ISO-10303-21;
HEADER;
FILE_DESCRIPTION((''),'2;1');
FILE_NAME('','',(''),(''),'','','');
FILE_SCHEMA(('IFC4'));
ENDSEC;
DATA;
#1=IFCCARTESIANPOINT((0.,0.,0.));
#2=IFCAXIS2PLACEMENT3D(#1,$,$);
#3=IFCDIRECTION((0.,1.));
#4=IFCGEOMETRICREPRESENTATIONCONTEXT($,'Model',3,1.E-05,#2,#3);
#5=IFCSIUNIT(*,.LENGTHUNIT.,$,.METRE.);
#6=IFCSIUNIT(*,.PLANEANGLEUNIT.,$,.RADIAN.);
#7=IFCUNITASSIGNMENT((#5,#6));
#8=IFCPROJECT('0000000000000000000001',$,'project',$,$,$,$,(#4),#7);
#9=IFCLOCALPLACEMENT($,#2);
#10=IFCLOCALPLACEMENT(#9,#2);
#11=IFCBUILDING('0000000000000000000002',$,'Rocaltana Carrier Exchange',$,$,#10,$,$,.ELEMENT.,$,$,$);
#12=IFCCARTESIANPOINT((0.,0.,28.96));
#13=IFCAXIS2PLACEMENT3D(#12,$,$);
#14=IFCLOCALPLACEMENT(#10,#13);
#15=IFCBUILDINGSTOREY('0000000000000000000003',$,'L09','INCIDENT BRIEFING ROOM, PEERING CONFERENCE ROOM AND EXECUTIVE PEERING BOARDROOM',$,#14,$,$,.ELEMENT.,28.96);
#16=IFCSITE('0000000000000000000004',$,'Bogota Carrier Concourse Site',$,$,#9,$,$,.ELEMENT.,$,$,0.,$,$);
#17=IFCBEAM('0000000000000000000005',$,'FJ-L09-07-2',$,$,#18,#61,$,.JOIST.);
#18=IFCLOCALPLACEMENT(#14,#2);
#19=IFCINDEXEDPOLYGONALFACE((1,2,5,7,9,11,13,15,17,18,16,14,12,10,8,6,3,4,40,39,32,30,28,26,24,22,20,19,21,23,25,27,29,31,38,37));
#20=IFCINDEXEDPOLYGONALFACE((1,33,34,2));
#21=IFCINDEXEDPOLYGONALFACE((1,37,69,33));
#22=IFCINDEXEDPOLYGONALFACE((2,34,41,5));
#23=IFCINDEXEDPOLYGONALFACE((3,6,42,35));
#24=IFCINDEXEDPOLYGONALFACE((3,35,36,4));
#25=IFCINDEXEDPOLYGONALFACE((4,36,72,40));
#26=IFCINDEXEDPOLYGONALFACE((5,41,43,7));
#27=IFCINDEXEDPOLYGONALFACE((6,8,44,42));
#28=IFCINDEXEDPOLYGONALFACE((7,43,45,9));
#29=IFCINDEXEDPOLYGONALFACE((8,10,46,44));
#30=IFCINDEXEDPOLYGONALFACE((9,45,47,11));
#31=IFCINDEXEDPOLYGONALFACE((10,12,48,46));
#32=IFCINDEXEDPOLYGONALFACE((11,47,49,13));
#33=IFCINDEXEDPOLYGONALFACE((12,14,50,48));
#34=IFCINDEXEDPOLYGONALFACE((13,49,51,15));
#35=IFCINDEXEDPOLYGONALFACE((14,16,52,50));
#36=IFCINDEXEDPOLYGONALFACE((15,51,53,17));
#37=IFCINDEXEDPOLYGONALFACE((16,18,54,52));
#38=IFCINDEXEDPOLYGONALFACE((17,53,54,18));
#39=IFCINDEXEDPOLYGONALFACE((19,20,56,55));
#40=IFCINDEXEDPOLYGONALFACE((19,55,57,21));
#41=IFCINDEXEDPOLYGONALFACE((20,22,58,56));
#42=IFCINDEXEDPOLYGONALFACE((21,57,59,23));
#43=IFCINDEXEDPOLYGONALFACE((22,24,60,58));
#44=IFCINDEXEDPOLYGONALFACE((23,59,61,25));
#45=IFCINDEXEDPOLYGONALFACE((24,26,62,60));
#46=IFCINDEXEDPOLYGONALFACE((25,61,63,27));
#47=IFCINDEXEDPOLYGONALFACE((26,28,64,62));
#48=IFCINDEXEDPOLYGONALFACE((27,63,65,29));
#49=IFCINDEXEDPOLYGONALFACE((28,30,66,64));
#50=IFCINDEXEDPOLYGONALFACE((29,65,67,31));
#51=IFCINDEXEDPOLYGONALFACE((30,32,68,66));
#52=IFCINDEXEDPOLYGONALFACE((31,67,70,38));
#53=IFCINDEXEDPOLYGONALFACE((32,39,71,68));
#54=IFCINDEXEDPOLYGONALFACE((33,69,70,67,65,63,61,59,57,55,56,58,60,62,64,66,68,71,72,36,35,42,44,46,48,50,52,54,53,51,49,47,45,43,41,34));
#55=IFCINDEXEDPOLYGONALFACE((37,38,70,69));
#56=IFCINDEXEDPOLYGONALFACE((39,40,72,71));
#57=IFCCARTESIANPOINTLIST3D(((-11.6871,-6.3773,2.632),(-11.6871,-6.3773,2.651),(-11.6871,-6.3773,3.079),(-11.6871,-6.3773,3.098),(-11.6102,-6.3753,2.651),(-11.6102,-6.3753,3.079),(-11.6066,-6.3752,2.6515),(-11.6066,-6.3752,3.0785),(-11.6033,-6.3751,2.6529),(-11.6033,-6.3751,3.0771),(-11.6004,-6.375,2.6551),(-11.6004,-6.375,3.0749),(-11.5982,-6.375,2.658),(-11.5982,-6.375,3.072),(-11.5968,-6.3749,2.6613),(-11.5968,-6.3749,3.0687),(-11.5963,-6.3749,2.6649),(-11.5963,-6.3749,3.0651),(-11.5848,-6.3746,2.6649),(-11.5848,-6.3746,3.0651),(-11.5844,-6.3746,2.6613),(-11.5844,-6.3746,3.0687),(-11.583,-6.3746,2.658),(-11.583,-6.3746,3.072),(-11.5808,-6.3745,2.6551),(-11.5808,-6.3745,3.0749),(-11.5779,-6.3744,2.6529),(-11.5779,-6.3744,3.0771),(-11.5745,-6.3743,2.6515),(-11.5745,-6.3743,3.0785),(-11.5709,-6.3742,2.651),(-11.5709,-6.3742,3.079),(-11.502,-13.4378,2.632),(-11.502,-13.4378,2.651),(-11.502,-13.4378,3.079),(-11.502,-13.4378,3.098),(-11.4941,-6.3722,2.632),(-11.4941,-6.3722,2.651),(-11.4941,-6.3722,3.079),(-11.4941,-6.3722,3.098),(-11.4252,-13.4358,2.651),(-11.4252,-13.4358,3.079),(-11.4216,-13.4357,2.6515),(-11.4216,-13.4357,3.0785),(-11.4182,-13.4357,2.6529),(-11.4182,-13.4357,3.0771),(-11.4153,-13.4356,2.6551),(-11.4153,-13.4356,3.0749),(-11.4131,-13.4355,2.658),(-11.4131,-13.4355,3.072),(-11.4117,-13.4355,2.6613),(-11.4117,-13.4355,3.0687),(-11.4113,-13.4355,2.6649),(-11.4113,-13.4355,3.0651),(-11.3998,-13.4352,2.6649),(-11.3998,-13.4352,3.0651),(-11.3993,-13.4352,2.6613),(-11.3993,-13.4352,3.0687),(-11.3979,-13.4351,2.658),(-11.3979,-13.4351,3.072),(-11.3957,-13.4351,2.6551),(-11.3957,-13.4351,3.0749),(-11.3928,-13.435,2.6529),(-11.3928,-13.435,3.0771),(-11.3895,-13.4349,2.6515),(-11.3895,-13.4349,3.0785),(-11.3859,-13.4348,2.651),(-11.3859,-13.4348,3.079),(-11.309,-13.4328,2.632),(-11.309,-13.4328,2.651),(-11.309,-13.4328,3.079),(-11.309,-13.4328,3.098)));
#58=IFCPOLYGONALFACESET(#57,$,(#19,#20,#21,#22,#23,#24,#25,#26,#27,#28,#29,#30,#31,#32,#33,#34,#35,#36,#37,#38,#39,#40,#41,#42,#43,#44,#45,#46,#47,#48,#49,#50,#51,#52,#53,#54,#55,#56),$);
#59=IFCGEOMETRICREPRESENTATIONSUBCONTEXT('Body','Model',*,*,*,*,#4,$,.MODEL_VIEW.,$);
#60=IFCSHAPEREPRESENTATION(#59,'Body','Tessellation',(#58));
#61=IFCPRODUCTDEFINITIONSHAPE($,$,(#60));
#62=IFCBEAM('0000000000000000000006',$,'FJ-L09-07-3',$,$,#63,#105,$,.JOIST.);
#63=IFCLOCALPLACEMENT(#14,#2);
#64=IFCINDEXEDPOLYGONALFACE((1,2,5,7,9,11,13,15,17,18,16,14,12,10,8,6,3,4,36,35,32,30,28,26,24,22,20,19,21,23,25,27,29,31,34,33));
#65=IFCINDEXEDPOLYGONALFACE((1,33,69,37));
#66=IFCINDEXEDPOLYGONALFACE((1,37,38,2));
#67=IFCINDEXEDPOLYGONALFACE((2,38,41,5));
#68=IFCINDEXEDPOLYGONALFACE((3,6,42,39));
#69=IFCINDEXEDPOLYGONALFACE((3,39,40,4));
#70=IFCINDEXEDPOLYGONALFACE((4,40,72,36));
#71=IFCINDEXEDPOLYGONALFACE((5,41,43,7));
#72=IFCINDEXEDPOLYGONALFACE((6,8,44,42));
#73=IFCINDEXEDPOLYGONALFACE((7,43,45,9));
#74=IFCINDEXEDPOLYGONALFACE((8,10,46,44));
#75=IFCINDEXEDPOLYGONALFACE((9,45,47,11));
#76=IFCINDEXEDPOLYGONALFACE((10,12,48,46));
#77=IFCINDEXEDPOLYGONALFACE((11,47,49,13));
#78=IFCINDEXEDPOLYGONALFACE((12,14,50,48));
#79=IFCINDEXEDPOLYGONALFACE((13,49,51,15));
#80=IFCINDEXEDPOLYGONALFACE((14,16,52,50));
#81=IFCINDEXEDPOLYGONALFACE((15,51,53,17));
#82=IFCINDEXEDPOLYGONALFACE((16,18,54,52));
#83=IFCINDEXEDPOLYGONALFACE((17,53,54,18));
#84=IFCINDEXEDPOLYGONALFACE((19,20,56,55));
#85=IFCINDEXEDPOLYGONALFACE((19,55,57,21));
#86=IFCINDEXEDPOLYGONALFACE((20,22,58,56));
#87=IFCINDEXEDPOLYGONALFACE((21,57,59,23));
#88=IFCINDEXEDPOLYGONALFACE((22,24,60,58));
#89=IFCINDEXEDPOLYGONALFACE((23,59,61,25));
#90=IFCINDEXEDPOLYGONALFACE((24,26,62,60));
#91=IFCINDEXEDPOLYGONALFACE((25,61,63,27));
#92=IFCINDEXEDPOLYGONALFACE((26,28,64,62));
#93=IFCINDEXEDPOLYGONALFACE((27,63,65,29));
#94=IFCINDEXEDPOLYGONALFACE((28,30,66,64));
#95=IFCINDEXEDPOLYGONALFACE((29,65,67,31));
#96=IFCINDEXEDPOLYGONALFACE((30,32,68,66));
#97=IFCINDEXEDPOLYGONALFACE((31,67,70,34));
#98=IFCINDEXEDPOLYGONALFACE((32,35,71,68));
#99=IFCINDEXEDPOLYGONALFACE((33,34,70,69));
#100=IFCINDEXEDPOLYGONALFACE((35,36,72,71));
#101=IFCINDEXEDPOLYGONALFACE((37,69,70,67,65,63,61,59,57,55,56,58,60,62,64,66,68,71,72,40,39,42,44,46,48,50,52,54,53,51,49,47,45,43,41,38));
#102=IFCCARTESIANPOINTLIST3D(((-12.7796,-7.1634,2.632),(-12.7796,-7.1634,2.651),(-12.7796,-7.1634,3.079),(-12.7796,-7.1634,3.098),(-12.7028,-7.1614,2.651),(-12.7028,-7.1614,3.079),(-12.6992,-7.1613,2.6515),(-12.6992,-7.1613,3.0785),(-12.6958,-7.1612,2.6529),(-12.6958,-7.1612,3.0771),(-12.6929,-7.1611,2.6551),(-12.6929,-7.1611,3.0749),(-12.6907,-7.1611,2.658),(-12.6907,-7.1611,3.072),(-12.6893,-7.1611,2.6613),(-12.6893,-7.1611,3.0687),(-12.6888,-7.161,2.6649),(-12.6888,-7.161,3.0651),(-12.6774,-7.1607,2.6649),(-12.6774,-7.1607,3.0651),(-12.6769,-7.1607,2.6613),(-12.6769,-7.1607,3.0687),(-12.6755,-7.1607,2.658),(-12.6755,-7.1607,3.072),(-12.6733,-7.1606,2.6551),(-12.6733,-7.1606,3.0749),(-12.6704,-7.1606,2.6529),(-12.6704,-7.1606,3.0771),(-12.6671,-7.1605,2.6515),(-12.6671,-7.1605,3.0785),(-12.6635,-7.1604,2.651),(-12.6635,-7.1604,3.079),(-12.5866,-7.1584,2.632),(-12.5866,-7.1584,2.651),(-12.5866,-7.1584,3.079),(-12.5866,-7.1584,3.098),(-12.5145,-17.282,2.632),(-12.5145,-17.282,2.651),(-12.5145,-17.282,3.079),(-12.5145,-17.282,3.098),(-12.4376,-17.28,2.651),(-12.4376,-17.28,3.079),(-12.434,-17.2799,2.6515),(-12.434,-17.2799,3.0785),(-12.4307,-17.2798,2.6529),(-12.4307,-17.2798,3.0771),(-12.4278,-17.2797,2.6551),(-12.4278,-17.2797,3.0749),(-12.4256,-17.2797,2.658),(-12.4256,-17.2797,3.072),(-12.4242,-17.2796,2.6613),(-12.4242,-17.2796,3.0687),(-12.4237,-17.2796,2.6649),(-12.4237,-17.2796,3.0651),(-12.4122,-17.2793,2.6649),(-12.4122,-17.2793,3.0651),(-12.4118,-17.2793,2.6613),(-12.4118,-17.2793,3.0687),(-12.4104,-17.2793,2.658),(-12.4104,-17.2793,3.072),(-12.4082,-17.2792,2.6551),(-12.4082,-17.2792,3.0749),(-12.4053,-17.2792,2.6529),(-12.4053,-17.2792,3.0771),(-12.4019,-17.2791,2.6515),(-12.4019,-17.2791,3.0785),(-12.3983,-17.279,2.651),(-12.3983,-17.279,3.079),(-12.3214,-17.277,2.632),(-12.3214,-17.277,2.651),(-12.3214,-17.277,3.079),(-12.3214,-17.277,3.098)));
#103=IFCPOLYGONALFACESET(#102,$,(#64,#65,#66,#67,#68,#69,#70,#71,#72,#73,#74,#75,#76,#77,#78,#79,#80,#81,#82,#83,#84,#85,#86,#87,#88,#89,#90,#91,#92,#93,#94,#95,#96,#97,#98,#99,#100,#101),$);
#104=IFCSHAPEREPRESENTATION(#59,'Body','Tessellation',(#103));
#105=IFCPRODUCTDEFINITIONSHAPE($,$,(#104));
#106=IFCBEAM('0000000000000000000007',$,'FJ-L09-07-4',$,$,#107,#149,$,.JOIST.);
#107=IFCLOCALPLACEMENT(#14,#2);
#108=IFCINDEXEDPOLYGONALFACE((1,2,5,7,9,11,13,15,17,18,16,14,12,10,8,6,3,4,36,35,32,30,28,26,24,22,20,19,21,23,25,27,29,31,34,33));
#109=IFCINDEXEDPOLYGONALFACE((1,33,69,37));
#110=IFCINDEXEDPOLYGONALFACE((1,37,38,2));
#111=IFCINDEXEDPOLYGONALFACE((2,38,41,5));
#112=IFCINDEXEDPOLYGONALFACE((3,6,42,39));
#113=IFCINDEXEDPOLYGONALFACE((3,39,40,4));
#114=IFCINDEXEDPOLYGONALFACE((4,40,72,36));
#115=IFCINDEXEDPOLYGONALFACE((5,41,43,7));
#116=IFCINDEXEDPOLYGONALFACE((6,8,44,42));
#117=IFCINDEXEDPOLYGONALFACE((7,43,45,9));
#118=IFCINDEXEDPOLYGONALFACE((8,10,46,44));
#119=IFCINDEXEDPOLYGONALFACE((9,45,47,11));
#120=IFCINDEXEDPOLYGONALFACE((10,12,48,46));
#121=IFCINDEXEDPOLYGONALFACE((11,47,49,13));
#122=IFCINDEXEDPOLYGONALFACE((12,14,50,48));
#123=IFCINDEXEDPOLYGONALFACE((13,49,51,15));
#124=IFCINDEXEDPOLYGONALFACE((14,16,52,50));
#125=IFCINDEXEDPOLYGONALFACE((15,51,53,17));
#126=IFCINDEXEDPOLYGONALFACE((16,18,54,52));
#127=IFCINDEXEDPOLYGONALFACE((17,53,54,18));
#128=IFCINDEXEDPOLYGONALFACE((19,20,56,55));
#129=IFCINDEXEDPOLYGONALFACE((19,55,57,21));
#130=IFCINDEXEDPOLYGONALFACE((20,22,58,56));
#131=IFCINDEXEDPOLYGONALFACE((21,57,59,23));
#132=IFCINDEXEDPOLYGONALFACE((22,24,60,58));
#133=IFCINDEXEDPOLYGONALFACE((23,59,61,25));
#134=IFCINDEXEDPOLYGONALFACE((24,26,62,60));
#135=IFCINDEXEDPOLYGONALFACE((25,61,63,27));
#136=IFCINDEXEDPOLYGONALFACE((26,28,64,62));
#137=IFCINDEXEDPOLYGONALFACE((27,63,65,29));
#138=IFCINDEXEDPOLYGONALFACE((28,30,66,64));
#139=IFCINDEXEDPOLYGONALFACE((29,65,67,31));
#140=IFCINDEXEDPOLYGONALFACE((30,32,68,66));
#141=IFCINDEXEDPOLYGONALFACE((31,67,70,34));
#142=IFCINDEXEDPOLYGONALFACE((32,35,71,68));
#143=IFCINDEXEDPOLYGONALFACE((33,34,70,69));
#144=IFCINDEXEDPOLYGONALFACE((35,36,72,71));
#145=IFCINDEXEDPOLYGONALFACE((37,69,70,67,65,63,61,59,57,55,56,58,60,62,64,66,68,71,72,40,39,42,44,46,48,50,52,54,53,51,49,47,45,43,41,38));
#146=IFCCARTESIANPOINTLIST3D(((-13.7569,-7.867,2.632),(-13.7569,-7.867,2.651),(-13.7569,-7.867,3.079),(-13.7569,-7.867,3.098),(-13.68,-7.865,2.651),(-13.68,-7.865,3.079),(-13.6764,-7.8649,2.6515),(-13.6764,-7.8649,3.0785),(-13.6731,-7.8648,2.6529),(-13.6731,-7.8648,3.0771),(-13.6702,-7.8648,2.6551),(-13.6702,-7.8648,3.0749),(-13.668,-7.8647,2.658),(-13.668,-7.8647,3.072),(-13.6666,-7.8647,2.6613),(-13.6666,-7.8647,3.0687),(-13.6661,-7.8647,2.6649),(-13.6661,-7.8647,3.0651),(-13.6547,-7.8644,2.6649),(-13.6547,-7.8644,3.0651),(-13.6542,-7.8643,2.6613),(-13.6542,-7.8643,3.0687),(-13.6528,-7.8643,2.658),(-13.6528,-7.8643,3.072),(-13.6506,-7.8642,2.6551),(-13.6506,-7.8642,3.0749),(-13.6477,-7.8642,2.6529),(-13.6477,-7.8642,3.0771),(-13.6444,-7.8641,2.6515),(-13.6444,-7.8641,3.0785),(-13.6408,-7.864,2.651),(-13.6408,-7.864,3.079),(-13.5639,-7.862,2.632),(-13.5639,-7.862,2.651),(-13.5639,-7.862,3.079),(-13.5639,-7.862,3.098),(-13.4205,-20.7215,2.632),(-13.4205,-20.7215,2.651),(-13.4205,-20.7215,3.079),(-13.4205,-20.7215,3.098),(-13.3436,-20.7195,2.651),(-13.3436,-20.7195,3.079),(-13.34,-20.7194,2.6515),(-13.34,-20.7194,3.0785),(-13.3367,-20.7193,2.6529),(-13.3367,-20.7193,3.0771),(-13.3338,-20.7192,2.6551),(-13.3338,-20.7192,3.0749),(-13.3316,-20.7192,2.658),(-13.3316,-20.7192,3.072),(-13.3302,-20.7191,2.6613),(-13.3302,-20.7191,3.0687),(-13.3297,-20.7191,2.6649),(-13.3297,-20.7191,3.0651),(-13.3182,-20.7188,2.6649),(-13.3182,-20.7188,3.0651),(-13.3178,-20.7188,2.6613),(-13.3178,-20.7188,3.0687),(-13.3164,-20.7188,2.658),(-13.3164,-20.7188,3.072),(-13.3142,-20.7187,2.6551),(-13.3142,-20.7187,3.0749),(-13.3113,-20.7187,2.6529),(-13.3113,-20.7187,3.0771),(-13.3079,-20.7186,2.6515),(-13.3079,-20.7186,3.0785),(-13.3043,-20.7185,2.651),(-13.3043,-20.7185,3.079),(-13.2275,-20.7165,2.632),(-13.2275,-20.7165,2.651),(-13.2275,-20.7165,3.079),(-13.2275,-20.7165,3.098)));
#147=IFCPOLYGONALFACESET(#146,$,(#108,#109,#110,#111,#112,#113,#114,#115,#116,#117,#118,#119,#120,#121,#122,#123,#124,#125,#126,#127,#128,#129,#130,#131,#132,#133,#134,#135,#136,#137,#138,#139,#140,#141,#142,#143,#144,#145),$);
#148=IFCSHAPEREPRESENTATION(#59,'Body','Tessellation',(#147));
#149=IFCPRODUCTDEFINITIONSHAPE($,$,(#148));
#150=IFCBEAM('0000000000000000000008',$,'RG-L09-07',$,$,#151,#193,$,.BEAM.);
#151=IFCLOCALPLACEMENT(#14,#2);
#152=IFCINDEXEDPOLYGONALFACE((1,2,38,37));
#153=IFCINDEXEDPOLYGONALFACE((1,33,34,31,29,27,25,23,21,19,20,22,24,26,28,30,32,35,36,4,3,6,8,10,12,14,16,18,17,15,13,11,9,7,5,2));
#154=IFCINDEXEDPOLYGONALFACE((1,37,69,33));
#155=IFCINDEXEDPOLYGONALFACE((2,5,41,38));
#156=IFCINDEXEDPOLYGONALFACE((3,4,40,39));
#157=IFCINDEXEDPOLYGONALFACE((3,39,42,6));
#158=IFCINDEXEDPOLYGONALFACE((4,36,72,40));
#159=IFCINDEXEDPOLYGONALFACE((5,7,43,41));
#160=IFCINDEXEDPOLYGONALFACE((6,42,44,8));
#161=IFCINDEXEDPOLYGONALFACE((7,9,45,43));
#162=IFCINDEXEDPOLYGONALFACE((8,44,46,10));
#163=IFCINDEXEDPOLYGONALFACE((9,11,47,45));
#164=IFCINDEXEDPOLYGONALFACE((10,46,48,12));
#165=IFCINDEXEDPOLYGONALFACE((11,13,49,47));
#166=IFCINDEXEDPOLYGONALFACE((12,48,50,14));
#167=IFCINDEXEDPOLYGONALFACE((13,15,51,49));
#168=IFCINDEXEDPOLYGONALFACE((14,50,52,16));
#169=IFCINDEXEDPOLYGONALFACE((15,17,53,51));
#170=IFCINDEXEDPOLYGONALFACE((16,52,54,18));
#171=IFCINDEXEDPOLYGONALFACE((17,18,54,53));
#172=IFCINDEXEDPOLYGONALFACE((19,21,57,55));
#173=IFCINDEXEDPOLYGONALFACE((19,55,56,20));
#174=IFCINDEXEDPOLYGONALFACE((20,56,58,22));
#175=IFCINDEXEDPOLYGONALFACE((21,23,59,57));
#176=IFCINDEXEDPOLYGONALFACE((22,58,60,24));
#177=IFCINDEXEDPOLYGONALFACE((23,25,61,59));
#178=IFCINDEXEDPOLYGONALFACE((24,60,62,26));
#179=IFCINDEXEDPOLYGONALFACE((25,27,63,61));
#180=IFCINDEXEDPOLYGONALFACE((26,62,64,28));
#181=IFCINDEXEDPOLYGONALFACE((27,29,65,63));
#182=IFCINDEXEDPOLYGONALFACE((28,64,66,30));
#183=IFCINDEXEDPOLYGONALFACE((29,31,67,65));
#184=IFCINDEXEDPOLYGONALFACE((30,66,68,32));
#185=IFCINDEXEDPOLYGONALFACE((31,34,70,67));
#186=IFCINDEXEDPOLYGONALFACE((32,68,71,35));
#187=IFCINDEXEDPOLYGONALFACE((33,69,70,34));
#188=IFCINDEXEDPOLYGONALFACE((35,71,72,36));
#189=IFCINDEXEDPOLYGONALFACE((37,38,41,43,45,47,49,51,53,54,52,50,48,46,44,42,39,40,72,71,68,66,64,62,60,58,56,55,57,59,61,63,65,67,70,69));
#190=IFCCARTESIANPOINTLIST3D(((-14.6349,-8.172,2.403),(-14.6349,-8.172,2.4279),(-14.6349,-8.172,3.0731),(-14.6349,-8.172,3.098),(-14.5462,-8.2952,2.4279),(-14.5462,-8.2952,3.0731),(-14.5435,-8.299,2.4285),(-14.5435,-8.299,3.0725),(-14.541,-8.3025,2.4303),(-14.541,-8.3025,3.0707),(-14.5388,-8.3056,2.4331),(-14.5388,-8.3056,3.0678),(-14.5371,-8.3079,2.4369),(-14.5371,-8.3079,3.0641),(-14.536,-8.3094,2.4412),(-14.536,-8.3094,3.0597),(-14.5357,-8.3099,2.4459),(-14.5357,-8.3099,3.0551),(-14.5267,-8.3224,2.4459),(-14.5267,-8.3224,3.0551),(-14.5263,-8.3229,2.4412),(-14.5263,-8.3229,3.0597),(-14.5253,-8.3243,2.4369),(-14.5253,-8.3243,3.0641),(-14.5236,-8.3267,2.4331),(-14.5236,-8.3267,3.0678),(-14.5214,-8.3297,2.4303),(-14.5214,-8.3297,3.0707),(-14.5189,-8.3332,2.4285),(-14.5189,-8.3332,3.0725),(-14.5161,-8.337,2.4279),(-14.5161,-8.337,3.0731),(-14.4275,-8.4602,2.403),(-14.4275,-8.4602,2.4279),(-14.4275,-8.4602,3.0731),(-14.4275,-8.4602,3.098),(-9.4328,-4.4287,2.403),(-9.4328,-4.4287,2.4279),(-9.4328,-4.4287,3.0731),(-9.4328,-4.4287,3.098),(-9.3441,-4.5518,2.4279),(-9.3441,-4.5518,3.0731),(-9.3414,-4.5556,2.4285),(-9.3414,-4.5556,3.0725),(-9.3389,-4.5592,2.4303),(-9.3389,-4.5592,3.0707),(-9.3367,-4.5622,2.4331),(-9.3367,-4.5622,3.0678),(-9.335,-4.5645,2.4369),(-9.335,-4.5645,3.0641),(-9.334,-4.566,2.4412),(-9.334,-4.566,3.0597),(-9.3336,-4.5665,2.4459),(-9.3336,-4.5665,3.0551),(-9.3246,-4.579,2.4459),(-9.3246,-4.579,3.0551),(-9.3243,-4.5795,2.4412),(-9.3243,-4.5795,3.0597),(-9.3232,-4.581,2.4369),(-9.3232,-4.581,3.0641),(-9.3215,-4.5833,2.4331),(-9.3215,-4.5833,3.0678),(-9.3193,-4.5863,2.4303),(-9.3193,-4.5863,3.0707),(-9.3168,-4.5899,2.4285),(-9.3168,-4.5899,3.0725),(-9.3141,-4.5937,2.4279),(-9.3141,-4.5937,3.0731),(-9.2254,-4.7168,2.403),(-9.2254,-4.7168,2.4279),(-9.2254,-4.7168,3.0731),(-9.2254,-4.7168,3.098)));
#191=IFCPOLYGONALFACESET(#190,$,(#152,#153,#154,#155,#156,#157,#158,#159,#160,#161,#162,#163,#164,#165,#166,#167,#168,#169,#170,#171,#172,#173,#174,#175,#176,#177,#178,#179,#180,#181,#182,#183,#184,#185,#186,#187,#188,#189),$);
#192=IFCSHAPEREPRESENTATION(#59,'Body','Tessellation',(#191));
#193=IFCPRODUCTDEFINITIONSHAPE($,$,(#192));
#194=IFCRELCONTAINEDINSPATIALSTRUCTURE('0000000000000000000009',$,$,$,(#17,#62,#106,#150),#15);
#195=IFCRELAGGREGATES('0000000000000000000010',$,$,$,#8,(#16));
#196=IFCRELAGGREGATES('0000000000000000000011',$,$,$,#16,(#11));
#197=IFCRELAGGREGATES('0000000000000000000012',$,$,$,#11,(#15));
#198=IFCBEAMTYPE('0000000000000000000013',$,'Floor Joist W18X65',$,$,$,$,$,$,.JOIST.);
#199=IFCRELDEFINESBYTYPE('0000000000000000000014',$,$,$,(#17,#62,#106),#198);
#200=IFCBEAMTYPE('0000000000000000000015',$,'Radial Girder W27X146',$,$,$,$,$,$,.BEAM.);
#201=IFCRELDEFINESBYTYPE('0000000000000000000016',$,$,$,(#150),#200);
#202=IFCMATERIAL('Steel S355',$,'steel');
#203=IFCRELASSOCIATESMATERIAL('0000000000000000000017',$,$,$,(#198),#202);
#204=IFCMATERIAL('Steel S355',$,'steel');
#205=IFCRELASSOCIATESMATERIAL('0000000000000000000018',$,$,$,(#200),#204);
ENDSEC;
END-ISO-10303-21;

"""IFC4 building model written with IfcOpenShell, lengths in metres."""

from ifc_helpers import new_model, si_unit, direction, frame, origin, origin_2d, place, context, subcontext, project, spatial, i_section, extrude, material, material_profile, profile_set, type_object, element, save


model = new_model("IFC4")

# Units and contexts
model_context = context("Model", 3, precision=1e-05, world=origin(), true_north=direction((0.0, 1.0)))
body_context = subcontext(model_context, "Body", "Model", "MODEL_VIEW")
ifc_project = project(units=[si_unit("LENGTHUNIT", "METRE"), si_unit("PLANEANGLEUNIT", "RADIAN")], contexts=[model_context])

# Site, building, storey
site_placement = place(None, origin())
site = spatial("IfcSite", under=ifc_project, at=site_placement, Name="Bogota Carrier Concourse Site", CompositionType="ELEMENT", RefElevation=0.0)
building_placement = place(site_placement, origin())
building = spatial("IfcBuilding", under=site, at=building_placement, Name="Rocaltana Carrier Exchange", CompositionType="ELEMENT")
storey_placement = place(building_placement, frame((0.0, 0.0, 28.96)))
storey = spatial("IfcBuildingStorey", under=building, at=storey_placement, Name="L09", Description="INCIDENT BRIEFING ROOM, PEERING CONFERENCE ROOM AND EXECUTIVE PEERING BOARDROOM", CompositionType="ELEMENT", Elevation=28.96)

# Beams
ifc_material_1 = material(Name="Steel S355", Category="steel")
ifc_material_profile_1 = material_profile(ifc_material_1, i_section(OverallWidth=0.1931, OverallDepth=0.4661, WebThickness=0.0115, FlangeThickness=0.019, FilletRadius=0.0139, at=origin_2d()), Name="W18X65")
ifc_profile_set_1 = profile_set([ifc_material_profile_1], Name="Steel S355")
beam_type_1 = type_object("IfcBeamType", Name="Floor Joist W18X65", PredefinedType="JOIST", material=ifc_profile_set_1)
beam_1_placement = place(storey_placement, frame((-11.5906, -6.3748, 2.865), z_axis=(0.026201, -0.999657, 0.0), x_axis=(0.999657, 0.026201, 0.0)))
element("IfcBeam", 1, at=beam_1_placement, inside=storey, type_object=beam_type_1, Name="FJ-L09-07-2", PredefinedType="JOIST", context=body_context, shape_type="SweptSolid", body=[
    extrude(i_section(OverallWidth=0.1931, OverallDepth=0.4661, WebThickness=0.0115, FlangeThickness=0.019, FilletRadius=0.0139, at=origin_2d()), origin(), (0.0, 0.0, 1.0), 7.063),
])
beam_2_placement = place(storey_placement, frame((-12.6831, -7.1609, 2.865), z_axis=(0.026194, -0.999657, 0.0), x_axis=(0.999657, 0.026194, 0.0)))
element("IfcBeam", 2, at=beam_2_placement, inside=storey, type_object=beam_type_1, Name="FJ-L09-07-3", PredefinedType="JOIST", context=body_context, shape_type="SweptSolid", body=[
    extrude(i_section(OverallWidth=0.1931, OverallDepth=0.4661, WebThickness=0.0115, FlangeThickness=0.019, FilletRadius=0.0139, at=origin_2d()), origin(), (0.0, 0.0, 1.0), 10.1221),
])
beam_3_placement = place(storey_placement, frame((-13.6604, -7.8645, 2.865), z_axis=(0.026163, -0.999658, 0.0), x_axis=(0.999658, 0.026163, 0.0)))
element("IfcBeam", 3, at=beam_3_placement, inside=storey, type_object=beam_type_1, Name="FJ-L09-07-4", PredefinedType="JOIST", context=body_context, shape_type="SweptSolid", body=[
    extrude(i_section(OverallWidth=0.1931, OverallDepth=0.4661, WebThickness=0.0115, FlangeThickness=0.019, FilletRadius=0.0139, at=origin_2d()), origin(), (0.0, 0.0, 1.0), 12.8589),
])
ifc_material_2 = material(Name="Steel S355", Category="steel")
ifc_material_profile_2 = material_profile(ifc_material_2, i_section(OverallWidth=0.355, OverallDepth=0.6951, WebThickness=0.0154, FlangeThickness=0.0249, FilletRadius=0.0181, at=origin_2d()), Name="W27X146")
ifc_profile_set_2 = profile_set([ifc_material_profile_2], Name="Steel S355")
beam_type_2 = type_object("IfcBeamType", Name="Radial Girder W27X146", PredefinedType="BEAM", material=ifc_profile_set_2)
beam_4_placement = place(storey_placement, frame((-9.3291, -4.5728, 2.7505), z_axis=(-0.811693, -0.584085, 0.0), x_axis=(0.584085, -0.811693, 0.0)))
element("IfcBeam", 4, at=beam_4_placement, inside=storey, type_object=beam_type_2, Name="RG-L09-07", PredefinedType="BEAM", context=body_context, shape_type="SweptSolid", body=[
    extrude(i_section(OverallWidth=0.355, OverallDepth=0.6951, WebThickness=0.0154, FlangeThickness=0.0249, FilletRadius=0.0181, at=origin_2d()), origin(), (0.0, 0.0, 1.0), 6.4089),
])

save(model, "model.ifc")
